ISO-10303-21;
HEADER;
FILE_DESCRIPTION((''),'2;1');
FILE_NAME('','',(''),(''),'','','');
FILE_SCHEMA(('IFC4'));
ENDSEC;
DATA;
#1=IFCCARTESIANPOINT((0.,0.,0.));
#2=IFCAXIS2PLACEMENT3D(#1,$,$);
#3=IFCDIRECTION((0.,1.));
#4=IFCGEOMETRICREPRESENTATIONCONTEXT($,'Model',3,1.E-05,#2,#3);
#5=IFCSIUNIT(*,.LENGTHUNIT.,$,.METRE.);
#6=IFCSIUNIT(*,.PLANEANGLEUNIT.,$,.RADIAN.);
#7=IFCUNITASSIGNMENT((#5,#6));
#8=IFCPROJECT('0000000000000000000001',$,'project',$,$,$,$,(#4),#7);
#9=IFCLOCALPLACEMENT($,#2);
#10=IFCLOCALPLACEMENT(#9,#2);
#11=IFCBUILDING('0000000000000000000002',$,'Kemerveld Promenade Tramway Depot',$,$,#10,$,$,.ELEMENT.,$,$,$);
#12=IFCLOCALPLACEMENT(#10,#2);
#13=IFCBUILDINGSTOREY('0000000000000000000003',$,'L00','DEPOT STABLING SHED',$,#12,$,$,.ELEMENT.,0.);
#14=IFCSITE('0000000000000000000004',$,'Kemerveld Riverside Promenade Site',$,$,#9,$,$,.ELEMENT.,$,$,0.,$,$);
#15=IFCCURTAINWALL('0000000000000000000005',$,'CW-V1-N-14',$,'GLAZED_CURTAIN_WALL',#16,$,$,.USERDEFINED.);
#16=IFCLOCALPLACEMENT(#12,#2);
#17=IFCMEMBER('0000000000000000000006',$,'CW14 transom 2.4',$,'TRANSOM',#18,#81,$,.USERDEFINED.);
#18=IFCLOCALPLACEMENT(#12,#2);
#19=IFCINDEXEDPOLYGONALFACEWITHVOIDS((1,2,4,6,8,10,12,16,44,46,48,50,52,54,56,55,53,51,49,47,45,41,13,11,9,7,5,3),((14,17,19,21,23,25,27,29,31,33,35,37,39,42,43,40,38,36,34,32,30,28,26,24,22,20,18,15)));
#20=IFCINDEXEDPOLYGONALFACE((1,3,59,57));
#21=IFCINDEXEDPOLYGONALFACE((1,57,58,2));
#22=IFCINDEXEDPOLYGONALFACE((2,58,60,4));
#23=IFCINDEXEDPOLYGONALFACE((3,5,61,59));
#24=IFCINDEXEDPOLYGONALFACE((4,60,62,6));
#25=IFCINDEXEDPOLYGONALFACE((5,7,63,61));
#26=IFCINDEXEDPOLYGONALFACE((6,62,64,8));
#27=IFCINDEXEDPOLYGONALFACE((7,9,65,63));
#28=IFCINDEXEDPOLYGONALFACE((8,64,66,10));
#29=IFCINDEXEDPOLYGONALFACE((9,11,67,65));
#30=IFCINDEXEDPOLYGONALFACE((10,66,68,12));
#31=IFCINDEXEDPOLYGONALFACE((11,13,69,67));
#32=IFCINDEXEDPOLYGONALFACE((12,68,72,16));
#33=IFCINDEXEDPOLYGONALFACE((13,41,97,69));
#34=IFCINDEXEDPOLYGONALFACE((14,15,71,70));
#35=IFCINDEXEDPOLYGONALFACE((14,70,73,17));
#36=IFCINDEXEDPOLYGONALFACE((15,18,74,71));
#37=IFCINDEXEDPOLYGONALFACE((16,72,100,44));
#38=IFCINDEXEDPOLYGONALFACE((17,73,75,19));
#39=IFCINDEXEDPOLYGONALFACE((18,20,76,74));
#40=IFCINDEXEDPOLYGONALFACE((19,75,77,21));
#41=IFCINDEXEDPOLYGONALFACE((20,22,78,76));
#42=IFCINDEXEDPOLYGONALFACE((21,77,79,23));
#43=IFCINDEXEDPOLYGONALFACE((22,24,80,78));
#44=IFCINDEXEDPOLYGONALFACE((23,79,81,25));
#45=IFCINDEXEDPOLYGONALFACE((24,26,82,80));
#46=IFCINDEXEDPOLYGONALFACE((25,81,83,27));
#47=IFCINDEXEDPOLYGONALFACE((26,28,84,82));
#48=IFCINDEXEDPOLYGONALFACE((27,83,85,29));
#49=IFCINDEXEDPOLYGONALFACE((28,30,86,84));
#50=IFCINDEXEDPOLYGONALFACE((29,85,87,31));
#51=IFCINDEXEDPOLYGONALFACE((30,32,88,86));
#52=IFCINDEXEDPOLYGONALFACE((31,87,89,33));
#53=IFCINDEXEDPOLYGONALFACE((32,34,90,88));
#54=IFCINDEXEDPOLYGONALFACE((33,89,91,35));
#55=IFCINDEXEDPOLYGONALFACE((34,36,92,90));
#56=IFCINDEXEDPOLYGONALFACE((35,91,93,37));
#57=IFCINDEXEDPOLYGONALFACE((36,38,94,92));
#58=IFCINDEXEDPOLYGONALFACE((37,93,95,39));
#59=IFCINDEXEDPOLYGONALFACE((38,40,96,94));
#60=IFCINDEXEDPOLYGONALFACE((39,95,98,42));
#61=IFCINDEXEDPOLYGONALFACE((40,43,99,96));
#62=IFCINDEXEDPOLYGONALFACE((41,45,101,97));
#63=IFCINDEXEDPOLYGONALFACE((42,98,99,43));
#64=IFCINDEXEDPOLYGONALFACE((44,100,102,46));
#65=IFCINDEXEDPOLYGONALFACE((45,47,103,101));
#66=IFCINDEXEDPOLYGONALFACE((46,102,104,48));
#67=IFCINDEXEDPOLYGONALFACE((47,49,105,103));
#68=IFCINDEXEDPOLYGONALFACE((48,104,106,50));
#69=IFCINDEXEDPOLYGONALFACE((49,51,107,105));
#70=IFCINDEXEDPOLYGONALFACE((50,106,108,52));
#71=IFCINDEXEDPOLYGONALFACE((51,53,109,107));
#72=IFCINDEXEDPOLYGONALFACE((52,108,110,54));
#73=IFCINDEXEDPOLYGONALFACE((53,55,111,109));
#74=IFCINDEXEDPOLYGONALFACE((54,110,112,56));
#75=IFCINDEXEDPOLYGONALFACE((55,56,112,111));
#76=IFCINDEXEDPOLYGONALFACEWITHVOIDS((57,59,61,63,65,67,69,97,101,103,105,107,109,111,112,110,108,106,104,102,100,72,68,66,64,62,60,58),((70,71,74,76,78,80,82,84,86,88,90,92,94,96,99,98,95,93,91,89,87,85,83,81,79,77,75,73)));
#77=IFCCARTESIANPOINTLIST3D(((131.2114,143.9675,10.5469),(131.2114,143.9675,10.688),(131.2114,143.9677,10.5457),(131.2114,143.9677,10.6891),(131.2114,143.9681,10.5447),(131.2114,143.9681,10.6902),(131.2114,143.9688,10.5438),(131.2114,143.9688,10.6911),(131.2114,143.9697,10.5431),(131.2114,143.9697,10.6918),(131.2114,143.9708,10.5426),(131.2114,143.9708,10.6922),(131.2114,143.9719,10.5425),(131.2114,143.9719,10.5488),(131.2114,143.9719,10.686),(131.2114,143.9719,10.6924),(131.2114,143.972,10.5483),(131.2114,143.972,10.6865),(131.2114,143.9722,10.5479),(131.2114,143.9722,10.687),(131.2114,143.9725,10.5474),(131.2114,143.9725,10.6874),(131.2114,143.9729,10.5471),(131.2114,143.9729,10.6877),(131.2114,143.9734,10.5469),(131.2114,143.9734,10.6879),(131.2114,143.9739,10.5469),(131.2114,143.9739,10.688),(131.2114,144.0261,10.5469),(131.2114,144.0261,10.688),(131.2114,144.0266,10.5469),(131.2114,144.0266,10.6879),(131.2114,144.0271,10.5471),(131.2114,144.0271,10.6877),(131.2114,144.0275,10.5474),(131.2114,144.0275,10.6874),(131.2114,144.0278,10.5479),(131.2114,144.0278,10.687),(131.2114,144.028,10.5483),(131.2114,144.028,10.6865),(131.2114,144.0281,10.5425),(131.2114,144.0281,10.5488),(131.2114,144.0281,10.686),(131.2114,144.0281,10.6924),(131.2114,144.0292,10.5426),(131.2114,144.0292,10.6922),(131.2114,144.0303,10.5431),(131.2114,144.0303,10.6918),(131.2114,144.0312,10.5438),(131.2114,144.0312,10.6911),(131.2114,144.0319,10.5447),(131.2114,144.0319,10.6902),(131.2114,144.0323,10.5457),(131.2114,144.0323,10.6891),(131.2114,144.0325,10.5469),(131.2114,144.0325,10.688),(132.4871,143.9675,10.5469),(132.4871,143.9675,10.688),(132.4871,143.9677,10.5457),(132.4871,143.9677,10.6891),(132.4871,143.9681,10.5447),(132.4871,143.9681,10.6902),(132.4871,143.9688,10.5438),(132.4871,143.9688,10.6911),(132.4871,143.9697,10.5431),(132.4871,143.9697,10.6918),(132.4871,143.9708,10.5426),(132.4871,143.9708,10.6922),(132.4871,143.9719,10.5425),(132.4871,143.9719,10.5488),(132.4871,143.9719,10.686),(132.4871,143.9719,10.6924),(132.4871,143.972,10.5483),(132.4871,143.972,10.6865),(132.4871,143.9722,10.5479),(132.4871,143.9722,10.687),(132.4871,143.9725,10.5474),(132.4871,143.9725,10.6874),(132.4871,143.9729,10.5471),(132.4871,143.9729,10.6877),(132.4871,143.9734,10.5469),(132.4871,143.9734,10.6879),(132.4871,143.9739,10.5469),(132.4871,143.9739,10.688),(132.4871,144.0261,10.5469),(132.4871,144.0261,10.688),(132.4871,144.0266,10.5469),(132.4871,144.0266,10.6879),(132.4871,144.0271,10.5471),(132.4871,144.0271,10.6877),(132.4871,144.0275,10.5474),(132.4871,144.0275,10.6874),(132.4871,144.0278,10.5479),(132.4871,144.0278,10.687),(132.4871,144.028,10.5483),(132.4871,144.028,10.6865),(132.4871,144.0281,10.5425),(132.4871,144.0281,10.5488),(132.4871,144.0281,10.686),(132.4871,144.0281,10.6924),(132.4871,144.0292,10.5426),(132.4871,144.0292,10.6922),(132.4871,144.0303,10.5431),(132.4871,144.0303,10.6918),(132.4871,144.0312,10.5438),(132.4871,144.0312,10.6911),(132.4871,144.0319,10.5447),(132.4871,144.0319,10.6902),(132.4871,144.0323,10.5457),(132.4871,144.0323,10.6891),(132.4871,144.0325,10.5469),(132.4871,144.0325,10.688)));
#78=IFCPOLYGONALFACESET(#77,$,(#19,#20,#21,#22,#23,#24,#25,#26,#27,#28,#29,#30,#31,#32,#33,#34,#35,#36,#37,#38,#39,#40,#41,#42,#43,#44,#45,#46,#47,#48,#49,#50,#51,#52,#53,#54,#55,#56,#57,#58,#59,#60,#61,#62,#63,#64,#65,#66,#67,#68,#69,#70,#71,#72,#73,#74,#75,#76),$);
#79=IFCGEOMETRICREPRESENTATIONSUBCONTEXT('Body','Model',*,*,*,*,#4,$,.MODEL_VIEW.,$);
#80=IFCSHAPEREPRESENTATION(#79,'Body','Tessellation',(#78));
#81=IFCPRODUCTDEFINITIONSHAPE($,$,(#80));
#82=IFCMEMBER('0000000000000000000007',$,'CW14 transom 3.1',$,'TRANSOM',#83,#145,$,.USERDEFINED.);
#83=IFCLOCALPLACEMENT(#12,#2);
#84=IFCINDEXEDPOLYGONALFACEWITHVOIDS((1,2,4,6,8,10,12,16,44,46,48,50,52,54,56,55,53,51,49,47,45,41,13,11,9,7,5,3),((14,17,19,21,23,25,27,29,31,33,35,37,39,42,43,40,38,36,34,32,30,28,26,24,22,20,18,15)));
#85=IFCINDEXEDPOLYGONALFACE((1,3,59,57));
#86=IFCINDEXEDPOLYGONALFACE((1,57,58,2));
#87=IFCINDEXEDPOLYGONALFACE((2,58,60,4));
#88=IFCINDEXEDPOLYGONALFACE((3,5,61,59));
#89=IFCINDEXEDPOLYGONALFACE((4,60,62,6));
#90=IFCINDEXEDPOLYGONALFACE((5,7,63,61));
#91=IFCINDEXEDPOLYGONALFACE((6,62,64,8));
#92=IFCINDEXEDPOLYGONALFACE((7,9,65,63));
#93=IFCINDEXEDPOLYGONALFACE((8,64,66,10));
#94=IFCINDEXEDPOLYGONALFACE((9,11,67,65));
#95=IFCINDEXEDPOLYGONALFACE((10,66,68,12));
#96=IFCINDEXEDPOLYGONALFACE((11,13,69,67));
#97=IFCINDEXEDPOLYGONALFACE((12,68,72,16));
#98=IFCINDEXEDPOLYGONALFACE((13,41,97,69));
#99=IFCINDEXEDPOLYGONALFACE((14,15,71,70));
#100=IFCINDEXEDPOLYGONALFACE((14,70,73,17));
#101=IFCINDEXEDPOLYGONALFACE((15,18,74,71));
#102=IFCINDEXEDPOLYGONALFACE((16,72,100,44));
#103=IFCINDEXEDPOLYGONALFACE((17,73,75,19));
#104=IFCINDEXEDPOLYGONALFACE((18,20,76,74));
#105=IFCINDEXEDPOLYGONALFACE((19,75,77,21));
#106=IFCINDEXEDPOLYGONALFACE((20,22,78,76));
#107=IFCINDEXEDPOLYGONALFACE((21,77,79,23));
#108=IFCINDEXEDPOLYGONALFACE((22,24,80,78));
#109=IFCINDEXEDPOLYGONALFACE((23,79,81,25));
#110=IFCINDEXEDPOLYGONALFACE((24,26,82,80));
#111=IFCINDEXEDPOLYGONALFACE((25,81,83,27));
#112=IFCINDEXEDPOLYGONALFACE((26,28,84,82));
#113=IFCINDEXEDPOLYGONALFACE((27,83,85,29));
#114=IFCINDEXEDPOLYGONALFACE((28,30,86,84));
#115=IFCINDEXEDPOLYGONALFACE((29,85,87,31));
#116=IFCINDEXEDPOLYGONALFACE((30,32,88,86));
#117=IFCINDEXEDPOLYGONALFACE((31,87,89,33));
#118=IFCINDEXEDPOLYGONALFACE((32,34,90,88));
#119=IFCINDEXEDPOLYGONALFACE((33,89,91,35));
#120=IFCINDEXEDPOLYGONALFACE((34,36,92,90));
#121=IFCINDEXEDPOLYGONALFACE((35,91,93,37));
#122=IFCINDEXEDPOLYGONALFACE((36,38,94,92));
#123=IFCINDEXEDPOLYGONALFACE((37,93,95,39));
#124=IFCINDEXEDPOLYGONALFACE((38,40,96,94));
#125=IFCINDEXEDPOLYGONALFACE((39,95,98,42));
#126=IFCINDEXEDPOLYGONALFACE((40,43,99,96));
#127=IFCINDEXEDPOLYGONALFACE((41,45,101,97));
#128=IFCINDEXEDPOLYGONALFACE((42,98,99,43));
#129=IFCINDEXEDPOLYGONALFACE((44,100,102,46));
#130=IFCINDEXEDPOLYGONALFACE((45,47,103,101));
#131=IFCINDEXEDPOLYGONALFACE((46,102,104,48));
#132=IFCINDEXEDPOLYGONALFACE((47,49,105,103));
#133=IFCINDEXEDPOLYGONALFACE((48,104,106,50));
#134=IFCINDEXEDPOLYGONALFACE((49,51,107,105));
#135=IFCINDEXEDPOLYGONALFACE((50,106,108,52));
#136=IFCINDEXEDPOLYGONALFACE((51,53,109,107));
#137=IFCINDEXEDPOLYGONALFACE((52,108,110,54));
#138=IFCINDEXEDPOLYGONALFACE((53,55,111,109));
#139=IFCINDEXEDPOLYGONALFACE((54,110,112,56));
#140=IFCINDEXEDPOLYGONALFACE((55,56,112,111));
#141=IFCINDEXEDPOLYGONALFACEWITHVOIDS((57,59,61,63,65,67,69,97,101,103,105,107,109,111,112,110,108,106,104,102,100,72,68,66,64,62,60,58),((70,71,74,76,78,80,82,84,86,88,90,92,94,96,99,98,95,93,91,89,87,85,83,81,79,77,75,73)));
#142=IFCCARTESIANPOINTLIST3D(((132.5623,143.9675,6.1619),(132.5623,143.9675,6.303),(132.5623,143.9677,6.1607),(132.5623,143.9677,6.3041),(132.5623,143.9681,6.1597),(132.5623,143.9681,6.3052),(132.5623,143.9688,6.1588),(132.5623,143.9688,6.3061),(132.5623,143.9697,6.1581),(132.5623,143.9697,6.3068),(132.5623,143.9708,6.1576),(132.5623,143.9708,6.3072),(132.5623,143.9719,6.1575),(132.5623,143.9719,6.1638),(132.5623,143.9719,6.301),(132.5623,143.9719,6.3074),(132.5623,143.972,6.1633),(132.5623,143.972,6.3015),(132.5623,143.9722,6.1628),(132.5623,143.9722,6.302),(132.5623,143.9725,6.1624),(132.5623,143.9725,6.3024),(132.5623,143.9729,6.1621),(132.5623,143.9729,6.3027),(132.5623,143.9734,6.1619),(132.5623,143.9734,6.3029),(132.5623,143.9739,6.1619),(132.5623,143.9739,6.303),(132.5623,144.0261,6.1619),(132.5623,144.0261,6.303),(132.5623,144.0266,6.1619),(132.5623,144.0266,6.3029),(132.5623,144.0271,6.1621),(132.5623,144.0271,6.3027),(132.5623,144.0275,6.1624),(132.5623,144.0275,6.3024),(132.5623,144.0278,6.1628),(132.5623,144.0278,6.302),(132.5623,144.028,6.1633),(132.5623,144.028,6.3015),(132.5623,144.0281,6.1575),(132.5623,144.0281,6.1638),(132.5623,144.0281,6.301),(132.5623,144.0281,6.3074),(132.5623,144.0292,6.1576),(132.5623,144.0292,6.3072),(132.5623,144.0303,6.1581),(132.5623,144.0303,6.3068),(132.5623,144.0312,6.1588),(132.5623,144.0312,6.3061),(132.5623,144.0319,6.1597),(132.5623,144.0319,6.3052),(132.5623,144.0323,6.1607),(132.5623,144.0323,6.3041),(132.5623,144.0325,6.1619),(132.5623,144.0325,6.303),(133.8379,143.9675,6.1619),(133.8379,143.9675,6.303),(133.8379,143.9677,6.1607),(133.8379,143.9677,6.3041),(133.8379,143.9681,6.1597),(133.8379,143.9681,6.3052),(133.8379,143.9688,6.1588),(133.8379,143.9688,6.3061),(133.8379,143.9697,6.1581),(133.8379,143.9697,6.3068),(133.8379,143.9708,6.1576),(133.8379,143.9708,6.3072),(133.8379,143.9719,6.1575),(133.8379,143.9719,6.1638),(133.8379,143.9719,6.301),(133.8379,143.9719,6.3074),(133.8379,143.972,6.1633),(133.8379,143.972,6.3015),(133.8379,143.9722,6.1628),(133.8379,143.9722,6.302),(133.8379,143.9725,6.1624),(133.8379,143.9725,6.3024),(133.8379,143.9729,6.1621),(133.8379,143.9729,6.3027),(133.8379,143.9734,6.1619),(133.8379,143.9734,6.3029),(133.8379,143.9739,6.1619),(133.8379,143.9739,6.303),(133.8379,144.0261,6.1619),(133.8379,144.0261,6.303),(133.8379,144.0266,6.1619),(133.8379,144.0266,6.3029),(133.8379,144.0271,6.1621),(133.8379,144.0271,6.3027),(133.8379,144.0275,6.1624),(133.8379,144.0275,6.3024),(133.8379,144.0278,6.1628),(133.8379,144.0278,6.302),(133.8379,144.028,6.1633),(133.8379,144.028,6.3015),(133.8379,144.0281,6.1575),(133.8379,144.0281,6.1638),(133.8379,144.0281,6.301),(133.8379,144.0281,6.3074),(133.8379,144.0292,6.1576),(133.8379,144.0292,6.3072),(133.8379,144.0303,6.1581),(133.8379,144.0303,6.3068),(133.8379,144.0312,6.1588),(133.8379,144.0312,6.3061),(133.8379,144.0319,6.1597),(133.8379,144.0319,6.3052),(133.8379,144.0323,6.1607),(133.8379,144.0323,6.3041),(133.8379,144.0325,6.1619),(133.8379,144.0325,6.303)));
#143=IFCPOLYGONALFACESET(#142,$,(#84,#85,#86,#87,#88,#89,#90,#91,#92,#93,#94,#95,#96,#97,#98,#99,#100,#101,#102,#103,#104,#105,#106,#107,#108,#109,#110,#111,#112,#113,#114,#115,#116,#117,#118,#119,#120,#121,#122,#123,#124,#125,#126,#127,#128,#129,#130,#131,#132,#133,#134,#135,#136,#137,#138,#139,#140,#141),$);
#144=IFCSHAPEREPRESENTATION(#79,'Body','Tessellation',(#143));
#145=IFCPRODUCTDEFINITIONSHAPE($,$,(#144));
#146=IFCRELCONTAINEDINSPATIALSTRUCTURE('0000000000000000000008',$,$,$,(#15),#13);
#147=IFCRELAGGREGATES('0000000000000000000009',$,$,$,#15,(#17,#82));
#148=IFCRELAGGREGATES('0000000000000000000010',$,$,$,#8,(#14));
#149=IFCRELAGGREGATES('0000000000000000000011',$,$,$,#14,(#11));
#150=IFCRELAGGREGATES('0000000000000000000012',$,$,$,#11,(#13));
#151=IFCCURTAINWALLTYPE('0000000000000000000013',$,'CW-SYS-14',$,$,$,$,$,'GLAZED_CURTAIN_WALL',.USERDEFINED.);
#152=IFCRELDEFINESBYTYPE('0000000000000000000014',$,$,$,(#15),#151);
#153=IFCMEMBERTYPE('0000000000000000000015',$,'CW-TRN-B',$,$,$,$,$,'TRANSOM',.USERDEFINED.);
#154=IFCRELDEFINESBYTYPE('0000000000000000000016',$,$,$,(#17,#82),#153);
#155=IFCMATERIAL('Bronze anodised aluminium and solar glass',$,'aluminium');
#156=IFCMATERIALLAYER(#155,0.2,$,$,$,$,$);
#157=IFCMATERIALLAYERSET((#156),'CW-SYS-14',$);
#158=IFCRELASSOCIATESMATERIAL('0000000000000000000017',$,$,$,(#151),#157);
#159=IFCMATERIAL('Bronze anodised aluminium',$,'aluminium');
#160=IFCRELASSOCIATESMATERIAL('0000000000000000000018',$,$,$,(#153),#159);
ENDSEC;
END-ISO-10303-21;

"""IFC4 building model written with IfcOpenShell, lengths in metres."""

from ifc_helpers import new_model, si_unit, direction, frame, origin, origin_2d, place, context, subcontext, project, spatial, hollow_rectangle, extrude, material, layer, layer_set, material_profile, profile_set, type_object, element, aggregate, save


model = new_model("IFC4")

# Units and contexts
model_context = context("Model", 3, precision=1e-05, world=origin(), true_north=direction((0.0, 1.0)))
body_context = subcontext(model_context, "Body", "Model", "MODEL_VIEW")
ifc_project = project(units=[si_unit("LENGTHUNIT", "METRE"), si_unit("PLANEANGLEUNIT", "RADIAN")], contexts=[model_context])

# Site, building, storey
site_placement = place(None, origin())
site = spatial("IfcSite", under=ifc_project, at=site_placement, Name="Kemerveld Riverside Promenade Site", CompositionType="ELEMENT", RefElevation=0.0)
building_placement = place(site_placement, origin())
building = spatial("IfcBuilding", under=site, at=building_placement, Name="Kemerveld Promenade Tramway Depot", CompositionType="ELEMENT")
storey_placement = place(building_placement, origin())
storey = spatial("IfcBuildingStorey", under=building, at=storey_placement, Name="L00", Description="DEPOT STABLING SHED", CompositionType="ELEMENT", Elevation=0.0)

# Curtain wall, members
ifc_material_1 = material(Name="Bronze anodised aluminium and solar glass", Category="aluminium")
ifc_layer_1 = layer(ifc_material_1, 0.2)
ifc_layer_set_1 = layer_set([ifc_layer_1], Name="CW-SYS-14")
curtain_wall_type = type_object("IfcCurtainWallType", Name="CW-SYS-14", ElementType="GLAZED_CURTAIN_WALL", PredefinedType="USERDEFINED", material=ifc_layer_set_1)
curtain_wall_placement = place(storey_placement, origin())
curtain_wall = element("IfcCurtainWall", 1, at=curtain_wall_placement, inside=storey, type_object=curtain_wall_type, Name="CW-V1-N-14", ObjectType="GLAZED_CURTAIN_WALL", PredefinedType="USERDEFINED")
ifc_material_2 = material(Name="Bronze anodised aluminium", Category="aluminium")
ifc_material_profile_1 = material_profile(ifc_material_2, hollow_rectangle(XDim=0.0649, YDim=0.1499, WallThickness=0.0044, InnerFilletRadius=0.002, OuterFilletRadius=0.0044, at=origin_2d()), Name="CW-TRN-150x65")
ifc_profile_set_1 = profile_set([ifc_material_profile_1], Name="Bronze anodised aluminium")
member_type_1 = type_object("IfcMemberType", Name="CW-TRN-B", ElementType="TRANSOM", PredefinedType="USERDEFINED", material=ifc_profile_set_1)
member_1_placement = place(storey_placement, frame((131.2114, 144.0, 10.6174), z_axis=(1.0, 0.0, 0.0), x_axis=(0.0, 1.0, 0.0)))
member_1 = element("IfcMember", 2, at=member_1_placement, type_object=member_type_1, Name="CW14 transom 2.4", ObjectType="TRANSOM", PredefinedType="USERDEFINED", context=body_context, shape_type="SweptSolid", body=[
    extrude(hollow_rectangle(XDim=0.0649, YDim=0.1499, WallThickness=0.0044, InnerFilletRadius=0.002, OuterFilletRadius=0.0044, at=origin_2d()), origin(), (0.0, 0.0, 1.0), 1.2756),
])
member_2_placement = place(storey_placement, frame((132.5623, 144.0, 6.2324), z_axis=(1.0, 0.0, 0.0), x_axis=(0.0, 1.0, 0.0)))
member_2 = element("IfcMember", 3, at=member_2_placement, type_object=member_type_1, Name="CW14 transom 3.1", ObjectType="TRANSOM", PredefinedType="USERDEFINED", context=body_context, shape_type="SweptSolid", body=[
    extrude(hollow_rectangle(XDim=0.0649, YDim=0.1499, WallThickness=0.0044, InnerFilletRadius=0.002, OuterFilletRadius=0.0044, at=origin_2d()), origin(), (0.0, 0.0, 1.0), 1.2756),
])

aggregate(curtain_wall, [member_1, member_2])

save(model, "model.ifc")
